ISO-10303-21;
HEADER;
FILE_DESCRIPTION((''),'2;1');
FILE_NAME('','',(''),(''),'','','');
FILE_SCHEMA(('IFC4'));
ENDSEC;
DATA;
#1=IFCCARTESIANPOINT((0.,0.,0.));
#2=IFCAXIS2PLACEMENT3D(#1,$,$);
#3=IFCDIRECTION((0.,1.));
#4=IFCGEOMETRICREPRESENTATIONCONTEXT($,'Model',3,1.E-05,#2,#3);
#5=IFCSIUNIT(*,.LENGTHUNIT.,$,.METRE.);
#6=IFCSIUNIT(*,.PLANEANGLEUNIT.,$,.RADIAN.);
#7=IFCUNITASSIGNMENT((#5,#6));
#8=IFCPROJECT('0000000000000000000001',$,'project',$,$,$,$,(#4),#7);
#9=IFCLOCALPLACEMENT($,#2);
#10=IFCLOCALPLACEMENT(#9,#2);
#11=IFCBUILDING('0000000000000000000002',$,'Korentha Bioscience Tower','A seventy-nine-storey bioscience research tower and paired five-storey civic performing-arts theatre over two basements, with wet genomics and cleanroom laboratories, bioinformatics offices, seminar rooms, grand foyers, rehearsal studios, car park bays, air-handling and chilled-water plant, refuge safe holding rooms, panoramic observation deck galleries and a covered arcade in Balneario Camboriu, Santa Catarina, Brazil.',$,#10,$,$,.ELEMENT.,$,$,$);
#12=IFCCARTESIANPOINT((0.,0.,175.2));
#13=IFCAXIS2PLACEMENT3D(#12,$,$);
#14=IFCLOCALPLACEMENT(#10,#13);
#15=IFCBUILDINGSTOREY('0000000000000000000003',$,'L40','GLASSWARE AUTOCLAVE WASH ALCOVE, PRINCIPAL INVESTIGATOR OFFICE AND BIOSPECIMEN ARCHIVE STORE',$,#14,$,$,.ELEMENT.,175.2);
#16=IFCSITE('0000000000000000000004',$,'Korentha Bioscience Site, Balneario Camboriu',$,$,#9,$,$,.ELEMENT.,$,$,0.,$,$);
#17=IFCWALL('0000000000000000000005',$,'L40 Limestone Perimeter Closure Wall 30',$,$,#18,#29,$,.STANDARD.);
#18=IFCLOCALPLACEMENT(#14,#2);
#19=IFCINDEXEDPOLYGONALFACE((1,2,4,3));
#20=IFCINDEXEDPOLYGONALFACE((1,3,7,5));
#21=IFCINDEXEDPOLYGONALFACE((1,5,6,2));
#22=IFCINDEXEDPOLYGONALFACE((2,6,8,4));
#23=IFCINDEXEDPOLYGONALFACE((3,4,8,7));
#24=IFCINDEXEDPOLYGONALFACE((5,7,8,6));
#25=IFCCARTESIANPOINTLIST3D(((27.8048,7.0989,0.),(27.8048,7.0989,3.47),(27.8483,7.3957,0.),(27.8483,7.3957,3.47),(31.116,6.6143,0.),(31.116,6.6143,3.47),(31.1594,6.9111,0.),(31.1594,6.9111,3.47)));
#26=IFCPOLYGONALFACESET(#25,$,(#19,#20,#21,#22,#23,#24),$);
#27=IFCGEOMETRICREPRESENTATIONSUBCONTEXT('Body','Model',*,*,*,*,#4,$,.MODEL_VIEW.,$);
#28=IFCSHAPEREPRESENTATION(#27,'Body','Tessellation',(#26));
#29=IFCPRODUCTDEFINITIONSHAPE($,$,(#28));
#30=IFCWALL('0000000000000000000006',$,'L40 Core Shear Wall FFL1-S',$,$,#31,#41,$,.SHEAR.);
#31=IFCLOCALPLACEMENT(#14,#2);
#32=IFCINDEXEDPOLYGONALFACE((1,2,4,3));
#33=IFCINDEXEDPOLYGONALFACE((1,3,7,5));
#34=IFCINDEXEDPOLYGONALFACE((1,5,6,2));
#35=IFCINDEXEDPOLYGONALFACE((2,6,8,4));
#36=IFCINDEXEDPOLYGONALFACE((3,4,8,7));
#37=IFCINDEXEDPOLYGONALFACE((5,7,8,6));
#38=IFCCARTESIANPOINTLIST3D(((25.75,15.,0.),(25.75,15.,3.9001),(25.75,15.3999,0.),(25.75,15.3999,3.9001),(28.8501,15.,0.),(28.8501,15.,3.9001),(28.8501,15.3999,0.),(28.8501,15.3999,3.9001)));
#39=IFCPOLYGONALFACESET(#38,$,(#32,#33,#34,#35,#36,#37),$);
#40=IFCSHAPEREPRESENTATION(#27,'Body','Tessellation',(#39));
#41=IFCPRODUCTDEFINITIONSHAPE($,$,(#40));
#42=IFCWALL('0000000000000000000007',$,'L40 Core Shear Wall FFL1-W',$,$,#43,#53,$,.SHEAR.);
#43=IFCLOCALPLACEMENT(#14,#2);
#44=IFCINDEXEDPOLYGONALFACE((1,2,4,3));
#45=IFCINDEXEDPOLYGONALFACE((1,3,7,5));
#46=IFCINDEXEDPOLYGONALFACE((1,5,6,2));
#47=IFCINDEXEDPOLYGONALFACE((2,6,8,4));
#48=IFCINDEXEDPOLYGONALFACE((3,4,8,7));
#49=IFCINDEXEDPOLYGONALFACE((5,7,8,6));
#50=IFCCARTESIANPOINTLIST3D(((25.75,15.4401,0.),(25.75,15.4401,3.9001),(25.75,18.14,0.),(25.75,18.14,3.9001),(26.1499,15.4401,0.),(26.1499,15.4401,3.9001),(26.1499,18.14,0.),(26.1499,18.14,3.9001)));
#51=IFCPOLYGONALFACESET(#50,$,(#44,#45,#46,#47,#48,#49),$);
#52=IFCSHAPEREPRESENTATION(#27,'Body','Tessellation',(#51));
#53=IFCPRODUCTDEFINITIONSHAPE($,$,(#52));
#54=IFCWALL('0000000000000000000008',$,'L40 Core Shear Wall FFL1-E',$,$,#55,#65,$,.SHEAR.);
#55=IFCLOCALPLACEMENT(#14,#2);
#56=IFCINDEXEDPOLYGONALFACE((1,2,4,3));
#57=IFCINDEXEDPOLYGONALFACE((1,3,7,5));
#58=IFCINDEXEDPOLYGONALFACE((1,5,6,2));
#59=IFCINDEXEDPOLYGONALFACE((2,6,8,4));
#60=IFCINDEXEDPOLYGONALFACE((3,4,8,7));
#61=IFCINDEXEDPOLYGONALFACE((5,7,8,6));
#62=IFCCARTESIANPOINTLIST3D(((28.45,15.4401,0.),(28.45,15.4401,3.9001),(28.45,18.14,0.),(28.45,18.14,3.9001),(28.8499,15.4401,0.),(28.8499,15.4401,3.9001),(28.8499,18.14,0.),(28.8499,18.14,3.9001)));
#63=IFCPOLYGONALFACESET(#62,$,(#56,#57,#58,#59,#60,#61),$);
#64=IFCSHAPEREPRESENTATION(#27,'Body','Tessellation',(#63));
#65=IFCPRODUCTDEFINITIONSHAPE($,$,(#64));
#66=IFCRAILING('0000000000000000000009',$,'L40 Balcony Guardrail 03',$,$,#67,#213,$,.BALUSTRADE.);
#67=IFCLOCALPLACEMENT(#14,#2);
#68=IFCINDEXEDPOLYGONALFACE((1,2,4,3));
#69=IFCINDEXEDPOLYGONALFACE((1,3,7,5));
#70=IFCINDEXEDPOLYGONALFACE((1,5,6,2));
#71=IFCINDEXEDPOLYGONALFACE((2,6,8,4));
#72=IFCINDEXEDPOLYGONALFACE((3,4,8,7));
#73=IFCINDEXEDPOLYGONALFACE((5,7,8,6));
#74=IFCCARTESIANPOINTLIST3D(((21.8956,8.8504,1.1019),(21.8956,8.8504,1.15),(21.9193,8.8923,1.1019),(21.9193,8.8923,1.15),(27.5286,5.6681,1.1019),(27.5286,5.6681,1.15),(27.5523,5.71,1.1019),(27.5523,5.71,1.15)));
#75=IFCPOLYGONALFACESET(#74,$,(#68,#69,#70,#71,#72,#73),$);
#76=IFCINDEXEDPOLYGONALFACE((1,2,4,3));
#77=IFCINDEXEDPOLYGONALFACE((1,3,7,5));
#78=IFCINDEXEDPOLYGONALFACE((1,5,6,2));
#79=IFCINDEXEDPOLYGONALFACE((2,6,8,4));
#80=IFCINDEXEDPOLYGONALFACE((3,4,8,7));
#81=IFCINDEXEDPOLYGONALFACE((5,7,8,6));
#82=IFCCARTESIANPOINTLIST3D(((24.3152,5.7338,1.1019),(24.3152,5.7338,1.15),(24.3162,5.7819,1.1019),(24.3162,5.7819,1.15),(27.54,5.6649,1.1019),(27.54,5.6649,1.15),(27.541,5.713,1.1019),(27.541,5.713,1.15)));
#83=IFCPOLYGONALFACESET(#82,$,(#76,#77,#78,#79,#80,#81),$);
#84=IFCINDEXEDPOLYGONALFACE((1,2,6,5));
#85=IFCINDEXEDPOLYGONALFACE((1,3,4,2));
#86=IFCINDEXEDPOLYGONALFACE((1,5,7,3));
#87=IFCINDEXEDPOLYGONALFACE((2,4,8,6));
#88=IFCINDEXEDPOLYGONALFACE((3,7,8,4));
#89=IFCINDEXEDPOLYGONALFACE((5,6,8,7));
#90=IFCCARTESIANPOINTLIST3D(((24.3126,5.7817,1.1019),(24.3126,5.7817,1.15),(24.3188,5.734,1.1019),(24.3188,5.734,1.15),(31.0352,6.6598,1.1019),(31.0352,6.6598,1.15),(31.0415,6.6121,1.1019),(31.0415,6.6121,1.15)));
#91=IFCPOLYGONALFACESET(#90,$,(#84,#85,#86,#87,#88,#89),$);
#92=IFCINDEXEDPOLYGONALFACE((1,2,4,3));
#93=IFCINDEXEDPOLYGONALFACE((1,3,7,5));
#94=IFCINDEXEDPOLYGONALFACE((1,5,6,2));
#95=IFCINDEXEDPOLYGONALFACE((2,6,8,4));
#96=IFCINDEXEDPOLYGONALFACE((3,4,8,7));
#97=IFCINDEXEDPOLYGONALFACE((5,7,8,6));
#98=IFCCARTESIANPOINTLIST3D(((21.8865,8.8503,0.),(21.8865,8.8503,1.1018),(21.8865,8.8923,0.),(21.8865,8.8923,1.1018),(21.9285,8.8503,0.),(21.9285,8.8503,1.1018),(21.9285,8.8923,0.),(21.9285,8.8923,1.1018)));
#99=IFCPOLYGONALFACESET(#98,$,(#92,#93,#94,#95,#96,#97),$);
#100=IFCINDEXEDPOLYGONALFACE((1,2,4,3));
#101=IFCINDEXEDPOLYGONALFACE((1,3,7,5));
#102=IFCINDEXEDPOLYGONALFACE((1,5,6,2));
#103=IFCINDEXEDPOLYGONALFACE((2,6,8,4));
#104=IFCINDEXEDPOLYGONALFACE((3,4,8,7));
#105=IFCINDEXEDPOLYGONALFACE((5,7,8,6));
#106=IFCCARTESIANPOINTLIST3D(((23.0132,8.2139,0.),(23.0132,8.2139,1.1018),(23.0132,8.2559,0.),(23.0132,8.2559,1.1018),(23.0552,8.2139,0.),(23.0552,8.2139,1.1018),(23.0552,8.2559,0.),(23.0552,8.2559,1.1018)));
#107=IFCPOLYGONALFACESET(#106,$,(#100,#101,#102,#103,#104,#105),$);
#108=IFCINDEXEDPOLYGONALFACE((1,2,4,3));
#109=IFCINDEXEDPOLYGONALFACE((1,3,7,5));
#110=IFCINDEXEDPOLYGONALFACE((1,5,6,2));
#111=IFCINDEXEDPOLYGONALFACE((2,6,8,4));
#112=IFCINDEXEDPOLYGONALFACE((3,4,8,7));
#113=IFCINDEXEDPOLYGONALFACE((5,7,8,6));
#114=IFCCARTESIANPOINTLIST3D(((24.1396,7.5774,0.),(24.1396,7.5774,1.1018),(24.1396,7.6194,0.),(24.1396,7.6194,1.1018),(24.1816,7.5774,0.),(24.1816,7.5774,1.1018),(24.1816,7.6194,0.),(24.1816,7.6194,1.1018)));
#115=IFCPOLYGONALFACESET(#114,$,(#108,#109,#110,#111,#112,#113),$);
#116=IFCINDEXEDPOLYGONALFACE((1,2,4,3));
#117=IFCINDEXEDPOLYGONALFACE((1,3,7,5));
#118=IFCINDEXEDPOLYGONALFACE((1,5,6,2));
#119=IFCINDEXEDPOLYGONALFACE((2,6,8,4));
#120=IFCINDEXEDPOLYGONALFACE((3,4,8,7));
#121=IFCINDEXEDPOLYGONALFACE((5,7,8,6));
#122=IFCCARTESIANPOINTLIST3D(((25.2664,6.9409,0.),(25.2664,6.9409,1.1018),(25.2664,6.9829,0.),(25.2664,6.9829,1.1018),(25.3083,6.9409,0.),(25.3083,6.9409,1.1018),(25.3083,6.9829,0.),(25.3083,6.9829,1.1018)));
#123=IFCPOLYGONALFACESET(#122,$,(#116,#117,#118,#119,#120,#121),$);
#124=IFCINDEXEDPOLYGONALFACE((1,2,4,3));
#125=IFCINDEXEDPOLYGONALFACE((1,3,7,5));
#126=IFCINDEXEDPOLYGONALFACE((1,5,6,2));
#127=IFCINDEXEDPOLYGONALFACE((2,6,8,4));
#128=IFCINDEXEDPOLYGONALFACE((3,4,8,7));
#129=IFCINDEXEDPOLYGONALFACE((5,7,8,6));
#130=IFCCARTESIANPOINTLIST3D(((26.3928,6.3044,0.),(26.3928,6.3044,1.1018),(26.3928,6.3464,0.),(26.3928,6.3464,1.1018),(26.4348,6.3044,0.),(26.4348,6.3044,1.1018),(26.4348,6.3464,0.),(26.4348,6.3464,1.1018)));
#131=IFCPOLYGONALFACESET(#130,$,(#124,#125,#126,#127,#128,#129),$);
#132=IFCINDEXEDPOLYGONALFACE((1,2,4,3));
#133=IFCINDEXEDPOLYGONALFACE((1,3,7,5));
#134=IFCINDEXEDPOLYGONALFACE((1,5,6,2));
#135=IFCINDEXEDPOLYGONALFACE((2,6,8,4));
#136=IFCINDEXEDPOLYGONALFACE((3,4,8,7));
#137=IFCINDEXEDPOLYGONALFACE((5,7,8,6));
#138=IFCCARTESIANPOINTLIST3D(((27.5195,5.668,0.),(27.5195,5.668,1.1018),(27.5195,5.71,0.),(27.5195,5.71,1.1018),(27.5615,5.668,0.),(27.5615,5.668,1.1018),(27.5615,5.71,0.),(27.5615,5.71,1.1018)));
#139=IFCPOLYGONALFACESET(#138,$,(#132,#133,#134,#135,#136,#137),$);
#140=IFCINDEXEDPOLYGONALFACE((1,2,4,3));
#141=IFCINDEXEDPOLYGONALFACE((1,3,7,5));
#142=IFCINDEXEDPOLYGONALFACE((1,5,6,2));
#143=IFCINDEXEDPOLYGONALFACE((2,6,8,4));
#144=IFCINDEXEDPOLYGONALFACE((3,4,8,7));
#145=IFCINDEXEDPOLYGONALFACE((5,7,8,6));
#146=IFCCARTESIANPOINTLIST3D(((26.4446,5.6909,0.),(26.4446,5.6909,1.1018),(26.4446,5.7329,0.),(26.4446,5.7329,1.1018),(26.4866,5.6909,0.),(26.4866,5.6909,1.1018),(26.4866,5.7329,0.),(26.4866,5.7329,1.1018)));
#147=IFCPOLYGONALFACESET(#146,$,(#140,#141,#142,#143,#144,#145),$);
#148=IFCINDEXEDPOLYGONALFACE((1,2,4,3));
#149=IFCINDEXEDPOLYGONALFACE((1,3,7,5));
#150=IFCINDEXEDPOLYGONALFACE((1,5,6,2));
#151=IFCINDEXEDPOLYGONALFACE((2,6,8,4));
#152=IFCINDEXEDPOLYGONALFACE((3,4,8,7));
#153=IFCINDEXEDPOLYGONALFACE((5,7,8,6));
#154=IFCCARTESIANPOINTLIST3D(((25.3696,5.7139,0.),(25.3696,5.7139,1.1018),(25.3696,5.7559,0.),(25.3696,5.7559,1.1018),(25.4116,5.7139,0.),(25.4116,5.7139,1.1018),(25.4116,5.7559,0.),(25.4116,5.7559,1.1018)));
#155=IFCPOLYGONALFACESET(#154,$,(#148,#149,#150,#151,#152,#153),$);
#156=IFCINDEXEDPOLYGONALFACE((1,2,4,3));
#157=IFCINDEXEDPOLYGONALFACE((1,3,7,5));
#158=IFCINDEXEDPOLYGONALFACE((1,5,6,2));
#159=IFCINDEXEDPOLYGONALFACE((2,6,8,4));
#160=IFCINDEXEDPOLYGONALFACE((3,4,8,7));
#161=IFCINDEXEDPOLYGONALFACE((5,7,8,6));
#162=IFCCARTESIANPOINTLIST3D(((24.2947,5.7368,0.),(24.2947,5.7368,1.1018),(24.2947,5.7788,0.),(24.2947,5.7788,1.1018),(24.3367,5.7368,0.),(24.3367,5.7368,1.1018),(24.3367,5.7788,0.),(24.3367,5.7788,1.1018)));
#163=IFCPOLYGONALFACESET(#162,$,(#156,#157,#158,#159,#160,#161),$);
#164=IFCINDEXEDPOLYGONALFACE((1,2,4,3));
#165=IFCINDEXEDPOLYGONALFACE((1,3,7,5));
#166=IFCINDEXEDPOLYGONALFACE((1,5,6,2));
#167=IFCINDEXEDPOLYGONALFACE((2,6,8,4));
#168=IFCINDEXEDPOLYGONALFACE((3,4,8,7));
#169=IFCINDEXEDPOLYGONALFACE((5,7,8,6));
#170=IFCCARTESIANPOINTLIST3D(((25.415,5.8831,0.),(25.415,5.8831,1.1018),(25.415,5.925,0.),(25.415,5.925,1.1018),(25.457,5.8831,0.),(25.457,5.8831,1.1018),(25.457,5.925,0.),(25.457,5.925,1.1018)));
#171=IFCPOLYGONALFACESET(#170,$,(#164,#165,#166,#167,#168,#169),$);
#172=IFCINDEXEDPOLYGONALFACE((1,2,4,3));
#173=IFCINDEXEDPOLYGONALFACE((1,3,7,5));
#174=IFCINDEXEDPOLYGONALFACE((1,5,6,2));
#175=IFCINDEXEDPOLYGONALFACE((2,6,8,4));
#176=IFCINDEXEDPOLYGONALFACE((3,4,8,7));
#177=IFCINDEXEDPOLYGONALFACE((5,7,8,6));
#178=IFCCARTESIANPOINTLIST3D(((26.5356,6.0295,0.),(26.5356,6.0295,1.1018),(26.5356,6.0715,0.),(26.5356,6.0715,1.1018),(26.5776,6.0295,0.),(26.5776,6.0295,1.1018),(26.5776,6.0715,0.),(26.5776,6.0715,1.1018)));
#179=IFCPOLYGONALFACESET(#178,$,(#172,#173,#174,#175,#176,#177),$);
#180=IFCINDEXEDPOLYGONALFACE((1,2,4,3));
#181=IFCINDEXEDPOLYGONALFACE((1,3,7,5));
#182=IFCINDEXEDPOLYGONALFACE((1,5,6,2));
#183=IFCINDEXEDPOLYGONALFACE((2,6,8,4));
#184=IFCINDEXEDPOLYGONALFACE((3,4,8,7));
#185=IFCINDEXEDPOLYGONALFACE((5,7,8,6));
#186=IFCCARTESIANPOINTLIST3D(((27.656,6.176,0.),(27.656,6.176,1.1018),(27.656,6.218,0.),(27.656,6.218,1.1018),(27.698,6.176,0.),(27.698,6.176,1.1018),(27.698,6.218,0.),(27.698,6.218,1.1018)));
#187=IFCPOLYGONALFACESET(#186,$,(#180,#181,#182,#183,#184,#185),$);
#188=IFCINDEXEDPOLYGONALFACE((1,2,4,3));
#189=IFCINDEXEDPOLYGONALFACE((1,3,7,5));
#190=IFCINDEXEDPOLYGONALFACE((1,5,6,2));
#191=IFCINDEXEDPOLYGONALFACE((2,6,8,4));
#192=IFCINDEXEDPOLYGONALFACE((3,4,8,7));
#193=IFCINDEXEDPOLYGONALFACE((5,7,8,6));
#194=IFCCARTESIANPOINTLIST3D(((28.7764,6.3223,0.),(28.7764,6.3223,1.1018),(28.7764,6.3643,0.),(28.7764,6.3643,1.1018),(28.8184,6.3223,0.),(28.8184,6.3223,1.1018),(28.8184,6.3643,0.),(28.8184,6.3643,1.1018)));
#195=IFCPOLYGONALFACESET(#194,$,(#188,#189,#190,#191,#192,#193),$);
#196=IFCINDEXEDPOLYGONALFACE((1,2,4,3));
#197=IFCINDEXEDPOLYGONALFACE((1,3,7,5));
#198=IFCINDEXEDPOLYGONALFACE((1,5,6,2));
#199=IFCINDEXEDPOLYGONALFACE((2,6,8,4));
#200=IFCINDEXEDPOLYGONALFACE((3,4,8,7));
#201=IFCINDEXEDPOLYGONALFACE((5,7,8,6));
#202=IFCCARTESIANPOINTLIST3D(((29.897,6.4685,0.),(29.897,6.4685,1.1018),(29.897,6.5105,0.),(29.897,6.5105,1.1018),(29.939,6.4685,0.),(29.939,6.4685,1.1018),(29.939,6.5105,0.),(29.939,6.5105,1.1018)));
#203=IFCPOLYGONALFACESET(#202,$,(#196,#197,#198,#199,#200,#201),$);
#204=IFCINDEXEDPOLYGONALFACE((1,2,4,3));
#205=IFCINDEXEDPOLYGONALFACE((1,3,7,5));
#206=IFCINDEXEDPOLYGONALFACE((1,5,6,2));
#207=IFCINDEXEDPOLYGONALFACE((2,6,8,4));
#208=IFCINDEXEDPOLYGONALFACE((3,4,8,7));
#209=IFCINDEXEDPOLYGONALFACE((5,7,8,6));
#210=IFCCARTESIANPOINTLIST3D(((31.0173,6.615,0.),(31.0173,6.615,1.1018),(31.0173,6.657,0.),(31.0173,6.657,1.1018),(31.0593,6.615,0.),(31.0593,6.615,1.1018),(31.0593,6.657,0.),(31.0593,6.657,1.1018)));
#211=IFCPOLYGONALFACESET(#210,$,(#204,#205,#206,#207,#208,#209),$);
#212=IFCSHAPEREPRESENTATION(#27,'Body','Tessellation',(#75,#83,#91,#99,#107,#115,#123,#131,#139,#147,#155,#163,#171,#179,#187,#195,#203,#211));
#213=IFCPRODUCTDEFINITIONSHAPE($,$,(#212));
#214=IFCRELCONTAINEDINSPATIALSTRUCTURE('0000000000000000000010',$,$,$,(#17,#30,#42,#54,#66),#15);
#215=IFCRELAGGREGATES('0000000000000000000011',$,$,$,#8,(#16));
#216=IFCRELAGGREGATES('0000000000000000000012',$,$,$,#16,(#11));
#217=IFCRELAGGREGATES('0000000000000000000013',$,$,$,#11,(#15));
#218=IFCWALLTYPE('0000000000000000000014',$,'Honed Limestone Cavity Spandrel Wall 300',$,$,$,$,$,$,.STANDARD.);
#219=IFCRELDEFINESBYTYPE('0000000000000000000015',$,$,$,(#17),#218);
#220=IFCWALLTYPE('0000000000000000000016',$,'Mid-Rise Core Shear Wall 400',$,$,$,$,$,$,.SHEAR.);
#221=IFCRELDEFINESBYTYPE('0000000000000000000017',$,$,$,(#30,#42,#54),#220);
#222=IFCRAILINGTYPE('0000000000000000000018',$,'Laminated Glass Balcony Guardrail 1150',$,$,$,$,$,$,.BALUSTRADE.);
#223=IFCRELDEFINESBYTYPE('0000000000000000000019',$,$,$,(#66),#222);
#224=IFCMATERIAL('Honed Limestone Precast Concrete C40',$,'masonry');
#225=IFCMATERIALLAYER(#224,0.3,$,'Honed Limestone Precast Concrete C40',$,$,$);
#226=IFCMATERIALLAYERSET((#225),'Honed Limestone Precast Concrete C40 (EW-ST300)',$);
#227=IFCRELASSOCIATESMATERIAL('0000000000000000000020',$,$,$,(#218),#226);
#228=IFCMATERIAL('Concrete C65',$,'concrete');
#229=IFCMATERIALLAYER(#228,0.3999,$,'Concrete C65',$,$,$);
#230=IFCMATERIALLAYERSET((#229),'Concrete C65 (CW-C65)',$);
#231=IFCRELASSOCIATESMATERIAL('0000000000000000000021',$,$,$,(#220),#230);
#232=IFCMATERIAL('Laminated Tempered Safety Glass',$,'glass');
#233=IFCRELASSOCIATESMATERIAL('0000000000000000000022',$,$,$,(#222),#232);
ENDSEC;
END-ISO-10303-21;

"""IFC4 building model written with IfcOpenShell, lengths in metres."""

from ifc_helpers import new_model, si_unit, direction, frame, frame_2d, origin, origin_2d, place, context, subcontext, project, spatial, rectangle, extrude, material, layer, layer_set, type_object, element, save


model = new_model("IFC4")

# Units and contexts
model_context = context("Model", 3, precision=1e-05, world=origin(), true_north=direction((0.0, 1.0)))
body_context = subcontext(model_context, "Body", "Model", "MODEL_VIEW")
ifc_project = project(units=[si_unit("LENGTHUNIT", "METRE"), si_unit("PLANEANGLEUNIT", "RADIAN")], contexts=[model_context])

# Site, building, storey
site_placement = place(None, origin())
site = spatial("IfcSite", under=ifc_project, at=site_placement, Name="Korentha Bioscience Site, Balneario Camboriu", CompositionType="ELEMENT", RefElevation=0.0)
building_placement = place(site_placement, origin())
building = spatial("IfcBuilding", under=site, at=building_placement, Name="Korentha Bioscience Tower", Description="A seventy-nine-storey bioscience research tower and paired five-storey civic performing-arts theatre over two basements, with wet genomics and cleanroom laboratories, bioinformatics offices, seminar rooms, grand foyers, rehearsal studios, car park bays, air-handling and chilled-water plant, refuge safe holding rooms, panoramic observation deck galleries and a covered arcade in Balneario Camboriu, Santa Catarina, Brazil.", CompositionType="ELEMENT")
storey_placement = place(building_placement, frame((0.0, 0.0, 175.2)))
storey = spatial("IfcBuildingStorey", under=building, at=storey_placement, Name="L40", Description="GLASSWARE AUTOCLAVE WASH ALCOVE, PRINCIPAL INVESTIGATOR OFFICE AND BIOSPECIMEN ARCHIVE STORE", CompositionType="ELEMENT", Elevation=175.2)

# Shared definitions
ifc_material_1 = material(Name="Concrete C65", Category="concrete")

# Shared definitions
ifc_material_2 = material(Name="Honed Limestone Precast Concrete C40", Category="masonry")
ifc_layer_1 = layer(ifc_material_2, 0.3, Name="Honed Limestone Precast Concrete C40")
ifc_layer_set_1 = layer_set([ifc_layer_1], Name="Honed Limestone Precast Concrete C40 (EW-ST300)")
wall_type_1 = type_object("IfcWallType", Name="Honed Limestone Cavity Spandrel Wall 300", PredefinedType="STANDARD", material=ifc_layer_set_1)

# Walls
wall_1_placement = place(storey_placement, frame((27.8264, 7.2473, 0.0), z_axis=(0.0, 0.0, 1.0), x_axis=(0.989459, -0.144811, 0.0)))
element("IfcWall", 1, at=wall_1_placement, inside=storey, type_object=wall_type_1, Name="L40 Limestone Perimeter Closure Wall 30", PredefinedType="STANDARD", context=body_context, shape_type="SweptSolid", body=[
    extrude(rectangle(XDim=3.3464, YDim=0.3, at=frame_2d((1.6733, 0.0))), origin(), (0.0, 0.0, 1.0), 3.47),
])
ifc_layer_2 = layer(ifc_material_1, 0.3999, Name="Concrete C65")
ifc_layer_set_2 = layer_set([ifc_layer_2], Name="Concrete C65 (CW-C65)")
wall_type_2 = type_object("IfcWallType", Name="Mid-Rise Core Shear Wall 400", PredefinedType="SHEAR", material=ifc_layer_set_2)
wall_2_placement = place(storey_placement, frame((25.75, 15.2, 0.0), z_axis=(0.0, 0.0, 1.0), x_axis=(1.0, 0.0, 0.0)))
element("IfcWall", 2, at=wall_2_placement, inside=storey, type_object=wall_type_2, Name="L40 Core Shear Wall FFL1-S", PredefinedType="SHEAR", context=body_context, shape_type="SweptSolid", body=[
    extrude(rectangle(XDim=3.1001, YDim=0.3999, at=frame_2d((1.55, 0.0))), origin(), (0.0, 0.0, 1.0), 3.9001),
])
for number, where, z_axis, x_axis, name in (
    (3, (25.95, 15.4399, 0.0), (0.0, 0.0, 1.0), (0.0, 1.0, 0.0), "L40 Core Shear Wall FFL1-W"),
    (4, (28.6499, 15.4399, 0.0), (0.0, 0.0, 1.0), (0.0, 1.0, 0.0), "L40 Core Shear Wall FFL1-E"),
):
    element("IfcWall", number, at=place(storey_placement, frame(where, z_axis=z_axis, x_axis=x_axis)), inside=storey, type_object=wall_type_2, Name=name, PredefinedType="SHEAR", context=body_context, shape_type="SweptSolid", body=[
        extrude(rectangle(XDim=2.7, YDim=0.3999, at=frame_2d((1.3501, 0.0))), origin(), (0.0, 0.0, 1.0), 3.9001),
    ])

# Railing
ifc_material_3 = material(Name="Laminated Tempered Safety Glass", Category="glass")
railing_type = type_object("IfcRailingType", Name="Laminated Glass Balcony Guardrail 1150", PredefinedType="BALUSTRADE", material=ifc_material_3)
railing_placement = place(storey_placement, frame((21.9075, 8.8713, 0.0)))
element("IfcRailing", 5, at=railing_placement, inside=storey, type_object=railing_type, Name="L40 Balcony Guardrail 03", PredefinedType="BALUSTRADE", context=body_context, shape_type="SweptSolid", body=[
    extrude(rectangle(XDim=0.0481, YDim=0.0481, at=origin_2d()), frame((0.0, 0.0, 1.126), z_axis=(0.870664, -0.491878, 0.0), x_axis=(0.491878, 0.870664, 0.0)), (0.0, 0.0, 1.0), 6.4697),
    extrude(rectangle(XDim=0.0481, YDim=0.0481, at=origin_2d()), frame((5.6331, -3.1824, 1.126), z_axis=(-0.999772, 0.021344, 0.0), x_axis=(-0.021344, -0.999772, 0.0)), (0.0, 0.0, 1.0), 3.2256),
    extrude(rectangle(XDim=0.0481, YDim=0.0481, at=origin_2d()), frame((2.4082, -3.1135, 1.126), z_axis=(0.991576, 0.129529, 0.0), x_axis=(-0.129529, 0.991576, 0.0)), (0.0, 0.0, 1.0), 6.7798),
    extrude(rectangle(XDim=0.042, YDim=0.042, at=origin_2d()), origin(), (0.0, 0.0, 1.0), 1.1018),
    extrude(rectangle(XDim=0.042, YDim=0.042, at=origin_2d()), frame((1.1267, -0.6365, 0.0)), (0.0, 0.0, 1.0), 1.1018),
    extrude(rectangle(XDim=0.042, YDim=0.042, at=origin_2d()), frame((2.2532, -1.2729, 0.0)), (0.0, 0.0, 1.0), 1.1018),
    extrude(rectangle(XDim=0.042, YDim=0.042, at=origin_2d()), frame((3.3799, -1.9094, 0.0)), (0.0, 0.0, 1.0), 1.1018),
    extrude(rectangle(XDim=0.042, YDim=0.042, at=origin_2d()), frame((4.5063, -2.5459, 0.0)), (0.0, 0.0, 1.0), 1.1018),
    extrude(rectangle(XDim=0.042, YDim=0.042, at=origin_2d()), frame((5.6331, -3.1824, 0.0)), (0.0, 0.0, 1.0), 1.1018),
    extrude(rectangle(XDim=0.042, YDim=0.042, at=origin_2d()), frame((4.5581, -3.1594, 0.0)), (0.0, 0.0, 1.0), 1.1018),
    extrude(rectangle(XDim=0.042, YDim=0.042, at=origin_2d()), frame((3.4832, -3.1365, 0.0)), (0.0, 0.0, 1.0), 1.1018),
    extrude(rectangle(XDim=0.042, YDim=0.042, at=origin_2d()), frame((2.4082, -3.1135, 0.0)), (0.0, 0.0, 1.0), 1.1018),
    extrude(rectangle(XDim=0.042, YDim=0.042, at=origin_2d()), frame((3.5286, -2.9673, 0.0)), (0.0, 0.0, 1.0), 1.1018),
    extrude(rectangle(XDim=0.042, YDim=0.042, at=origin_2d()), frame((4.6492, -2.8208, 0.0)), (0.0, 0.0, 1.0), 1.1018),
    extrude(rectangle(XDim=0.042, YDim=0.042, at=origin_2d()), frame((5.7695, -2.6743, 0.0)), (0.0, 0.0, 1.0), 1.1018),
    extrude(rectangle(XDim=0.042, YDim=0.042, at=origin_2d()), frame((6.8899, -2.5281, 0.0)), (0.0, 0.0, 1.0), 1.1018),
    extrude(rectangle(XDim=0.042, YDim=0.042, at=origin_2d()), frame((8.0105, -2.3818, 0.0)), (0.0, 0.0, 1.0), 1.1018),
    extrude(rectangle(XDim=0.042, YDim=0.042, at=origin_2d()), frame((9.1309, -2.2354, 0.0)), (0.0, 0.0, 1.0), 1.1018),
])

save(model, "model.ifc")
